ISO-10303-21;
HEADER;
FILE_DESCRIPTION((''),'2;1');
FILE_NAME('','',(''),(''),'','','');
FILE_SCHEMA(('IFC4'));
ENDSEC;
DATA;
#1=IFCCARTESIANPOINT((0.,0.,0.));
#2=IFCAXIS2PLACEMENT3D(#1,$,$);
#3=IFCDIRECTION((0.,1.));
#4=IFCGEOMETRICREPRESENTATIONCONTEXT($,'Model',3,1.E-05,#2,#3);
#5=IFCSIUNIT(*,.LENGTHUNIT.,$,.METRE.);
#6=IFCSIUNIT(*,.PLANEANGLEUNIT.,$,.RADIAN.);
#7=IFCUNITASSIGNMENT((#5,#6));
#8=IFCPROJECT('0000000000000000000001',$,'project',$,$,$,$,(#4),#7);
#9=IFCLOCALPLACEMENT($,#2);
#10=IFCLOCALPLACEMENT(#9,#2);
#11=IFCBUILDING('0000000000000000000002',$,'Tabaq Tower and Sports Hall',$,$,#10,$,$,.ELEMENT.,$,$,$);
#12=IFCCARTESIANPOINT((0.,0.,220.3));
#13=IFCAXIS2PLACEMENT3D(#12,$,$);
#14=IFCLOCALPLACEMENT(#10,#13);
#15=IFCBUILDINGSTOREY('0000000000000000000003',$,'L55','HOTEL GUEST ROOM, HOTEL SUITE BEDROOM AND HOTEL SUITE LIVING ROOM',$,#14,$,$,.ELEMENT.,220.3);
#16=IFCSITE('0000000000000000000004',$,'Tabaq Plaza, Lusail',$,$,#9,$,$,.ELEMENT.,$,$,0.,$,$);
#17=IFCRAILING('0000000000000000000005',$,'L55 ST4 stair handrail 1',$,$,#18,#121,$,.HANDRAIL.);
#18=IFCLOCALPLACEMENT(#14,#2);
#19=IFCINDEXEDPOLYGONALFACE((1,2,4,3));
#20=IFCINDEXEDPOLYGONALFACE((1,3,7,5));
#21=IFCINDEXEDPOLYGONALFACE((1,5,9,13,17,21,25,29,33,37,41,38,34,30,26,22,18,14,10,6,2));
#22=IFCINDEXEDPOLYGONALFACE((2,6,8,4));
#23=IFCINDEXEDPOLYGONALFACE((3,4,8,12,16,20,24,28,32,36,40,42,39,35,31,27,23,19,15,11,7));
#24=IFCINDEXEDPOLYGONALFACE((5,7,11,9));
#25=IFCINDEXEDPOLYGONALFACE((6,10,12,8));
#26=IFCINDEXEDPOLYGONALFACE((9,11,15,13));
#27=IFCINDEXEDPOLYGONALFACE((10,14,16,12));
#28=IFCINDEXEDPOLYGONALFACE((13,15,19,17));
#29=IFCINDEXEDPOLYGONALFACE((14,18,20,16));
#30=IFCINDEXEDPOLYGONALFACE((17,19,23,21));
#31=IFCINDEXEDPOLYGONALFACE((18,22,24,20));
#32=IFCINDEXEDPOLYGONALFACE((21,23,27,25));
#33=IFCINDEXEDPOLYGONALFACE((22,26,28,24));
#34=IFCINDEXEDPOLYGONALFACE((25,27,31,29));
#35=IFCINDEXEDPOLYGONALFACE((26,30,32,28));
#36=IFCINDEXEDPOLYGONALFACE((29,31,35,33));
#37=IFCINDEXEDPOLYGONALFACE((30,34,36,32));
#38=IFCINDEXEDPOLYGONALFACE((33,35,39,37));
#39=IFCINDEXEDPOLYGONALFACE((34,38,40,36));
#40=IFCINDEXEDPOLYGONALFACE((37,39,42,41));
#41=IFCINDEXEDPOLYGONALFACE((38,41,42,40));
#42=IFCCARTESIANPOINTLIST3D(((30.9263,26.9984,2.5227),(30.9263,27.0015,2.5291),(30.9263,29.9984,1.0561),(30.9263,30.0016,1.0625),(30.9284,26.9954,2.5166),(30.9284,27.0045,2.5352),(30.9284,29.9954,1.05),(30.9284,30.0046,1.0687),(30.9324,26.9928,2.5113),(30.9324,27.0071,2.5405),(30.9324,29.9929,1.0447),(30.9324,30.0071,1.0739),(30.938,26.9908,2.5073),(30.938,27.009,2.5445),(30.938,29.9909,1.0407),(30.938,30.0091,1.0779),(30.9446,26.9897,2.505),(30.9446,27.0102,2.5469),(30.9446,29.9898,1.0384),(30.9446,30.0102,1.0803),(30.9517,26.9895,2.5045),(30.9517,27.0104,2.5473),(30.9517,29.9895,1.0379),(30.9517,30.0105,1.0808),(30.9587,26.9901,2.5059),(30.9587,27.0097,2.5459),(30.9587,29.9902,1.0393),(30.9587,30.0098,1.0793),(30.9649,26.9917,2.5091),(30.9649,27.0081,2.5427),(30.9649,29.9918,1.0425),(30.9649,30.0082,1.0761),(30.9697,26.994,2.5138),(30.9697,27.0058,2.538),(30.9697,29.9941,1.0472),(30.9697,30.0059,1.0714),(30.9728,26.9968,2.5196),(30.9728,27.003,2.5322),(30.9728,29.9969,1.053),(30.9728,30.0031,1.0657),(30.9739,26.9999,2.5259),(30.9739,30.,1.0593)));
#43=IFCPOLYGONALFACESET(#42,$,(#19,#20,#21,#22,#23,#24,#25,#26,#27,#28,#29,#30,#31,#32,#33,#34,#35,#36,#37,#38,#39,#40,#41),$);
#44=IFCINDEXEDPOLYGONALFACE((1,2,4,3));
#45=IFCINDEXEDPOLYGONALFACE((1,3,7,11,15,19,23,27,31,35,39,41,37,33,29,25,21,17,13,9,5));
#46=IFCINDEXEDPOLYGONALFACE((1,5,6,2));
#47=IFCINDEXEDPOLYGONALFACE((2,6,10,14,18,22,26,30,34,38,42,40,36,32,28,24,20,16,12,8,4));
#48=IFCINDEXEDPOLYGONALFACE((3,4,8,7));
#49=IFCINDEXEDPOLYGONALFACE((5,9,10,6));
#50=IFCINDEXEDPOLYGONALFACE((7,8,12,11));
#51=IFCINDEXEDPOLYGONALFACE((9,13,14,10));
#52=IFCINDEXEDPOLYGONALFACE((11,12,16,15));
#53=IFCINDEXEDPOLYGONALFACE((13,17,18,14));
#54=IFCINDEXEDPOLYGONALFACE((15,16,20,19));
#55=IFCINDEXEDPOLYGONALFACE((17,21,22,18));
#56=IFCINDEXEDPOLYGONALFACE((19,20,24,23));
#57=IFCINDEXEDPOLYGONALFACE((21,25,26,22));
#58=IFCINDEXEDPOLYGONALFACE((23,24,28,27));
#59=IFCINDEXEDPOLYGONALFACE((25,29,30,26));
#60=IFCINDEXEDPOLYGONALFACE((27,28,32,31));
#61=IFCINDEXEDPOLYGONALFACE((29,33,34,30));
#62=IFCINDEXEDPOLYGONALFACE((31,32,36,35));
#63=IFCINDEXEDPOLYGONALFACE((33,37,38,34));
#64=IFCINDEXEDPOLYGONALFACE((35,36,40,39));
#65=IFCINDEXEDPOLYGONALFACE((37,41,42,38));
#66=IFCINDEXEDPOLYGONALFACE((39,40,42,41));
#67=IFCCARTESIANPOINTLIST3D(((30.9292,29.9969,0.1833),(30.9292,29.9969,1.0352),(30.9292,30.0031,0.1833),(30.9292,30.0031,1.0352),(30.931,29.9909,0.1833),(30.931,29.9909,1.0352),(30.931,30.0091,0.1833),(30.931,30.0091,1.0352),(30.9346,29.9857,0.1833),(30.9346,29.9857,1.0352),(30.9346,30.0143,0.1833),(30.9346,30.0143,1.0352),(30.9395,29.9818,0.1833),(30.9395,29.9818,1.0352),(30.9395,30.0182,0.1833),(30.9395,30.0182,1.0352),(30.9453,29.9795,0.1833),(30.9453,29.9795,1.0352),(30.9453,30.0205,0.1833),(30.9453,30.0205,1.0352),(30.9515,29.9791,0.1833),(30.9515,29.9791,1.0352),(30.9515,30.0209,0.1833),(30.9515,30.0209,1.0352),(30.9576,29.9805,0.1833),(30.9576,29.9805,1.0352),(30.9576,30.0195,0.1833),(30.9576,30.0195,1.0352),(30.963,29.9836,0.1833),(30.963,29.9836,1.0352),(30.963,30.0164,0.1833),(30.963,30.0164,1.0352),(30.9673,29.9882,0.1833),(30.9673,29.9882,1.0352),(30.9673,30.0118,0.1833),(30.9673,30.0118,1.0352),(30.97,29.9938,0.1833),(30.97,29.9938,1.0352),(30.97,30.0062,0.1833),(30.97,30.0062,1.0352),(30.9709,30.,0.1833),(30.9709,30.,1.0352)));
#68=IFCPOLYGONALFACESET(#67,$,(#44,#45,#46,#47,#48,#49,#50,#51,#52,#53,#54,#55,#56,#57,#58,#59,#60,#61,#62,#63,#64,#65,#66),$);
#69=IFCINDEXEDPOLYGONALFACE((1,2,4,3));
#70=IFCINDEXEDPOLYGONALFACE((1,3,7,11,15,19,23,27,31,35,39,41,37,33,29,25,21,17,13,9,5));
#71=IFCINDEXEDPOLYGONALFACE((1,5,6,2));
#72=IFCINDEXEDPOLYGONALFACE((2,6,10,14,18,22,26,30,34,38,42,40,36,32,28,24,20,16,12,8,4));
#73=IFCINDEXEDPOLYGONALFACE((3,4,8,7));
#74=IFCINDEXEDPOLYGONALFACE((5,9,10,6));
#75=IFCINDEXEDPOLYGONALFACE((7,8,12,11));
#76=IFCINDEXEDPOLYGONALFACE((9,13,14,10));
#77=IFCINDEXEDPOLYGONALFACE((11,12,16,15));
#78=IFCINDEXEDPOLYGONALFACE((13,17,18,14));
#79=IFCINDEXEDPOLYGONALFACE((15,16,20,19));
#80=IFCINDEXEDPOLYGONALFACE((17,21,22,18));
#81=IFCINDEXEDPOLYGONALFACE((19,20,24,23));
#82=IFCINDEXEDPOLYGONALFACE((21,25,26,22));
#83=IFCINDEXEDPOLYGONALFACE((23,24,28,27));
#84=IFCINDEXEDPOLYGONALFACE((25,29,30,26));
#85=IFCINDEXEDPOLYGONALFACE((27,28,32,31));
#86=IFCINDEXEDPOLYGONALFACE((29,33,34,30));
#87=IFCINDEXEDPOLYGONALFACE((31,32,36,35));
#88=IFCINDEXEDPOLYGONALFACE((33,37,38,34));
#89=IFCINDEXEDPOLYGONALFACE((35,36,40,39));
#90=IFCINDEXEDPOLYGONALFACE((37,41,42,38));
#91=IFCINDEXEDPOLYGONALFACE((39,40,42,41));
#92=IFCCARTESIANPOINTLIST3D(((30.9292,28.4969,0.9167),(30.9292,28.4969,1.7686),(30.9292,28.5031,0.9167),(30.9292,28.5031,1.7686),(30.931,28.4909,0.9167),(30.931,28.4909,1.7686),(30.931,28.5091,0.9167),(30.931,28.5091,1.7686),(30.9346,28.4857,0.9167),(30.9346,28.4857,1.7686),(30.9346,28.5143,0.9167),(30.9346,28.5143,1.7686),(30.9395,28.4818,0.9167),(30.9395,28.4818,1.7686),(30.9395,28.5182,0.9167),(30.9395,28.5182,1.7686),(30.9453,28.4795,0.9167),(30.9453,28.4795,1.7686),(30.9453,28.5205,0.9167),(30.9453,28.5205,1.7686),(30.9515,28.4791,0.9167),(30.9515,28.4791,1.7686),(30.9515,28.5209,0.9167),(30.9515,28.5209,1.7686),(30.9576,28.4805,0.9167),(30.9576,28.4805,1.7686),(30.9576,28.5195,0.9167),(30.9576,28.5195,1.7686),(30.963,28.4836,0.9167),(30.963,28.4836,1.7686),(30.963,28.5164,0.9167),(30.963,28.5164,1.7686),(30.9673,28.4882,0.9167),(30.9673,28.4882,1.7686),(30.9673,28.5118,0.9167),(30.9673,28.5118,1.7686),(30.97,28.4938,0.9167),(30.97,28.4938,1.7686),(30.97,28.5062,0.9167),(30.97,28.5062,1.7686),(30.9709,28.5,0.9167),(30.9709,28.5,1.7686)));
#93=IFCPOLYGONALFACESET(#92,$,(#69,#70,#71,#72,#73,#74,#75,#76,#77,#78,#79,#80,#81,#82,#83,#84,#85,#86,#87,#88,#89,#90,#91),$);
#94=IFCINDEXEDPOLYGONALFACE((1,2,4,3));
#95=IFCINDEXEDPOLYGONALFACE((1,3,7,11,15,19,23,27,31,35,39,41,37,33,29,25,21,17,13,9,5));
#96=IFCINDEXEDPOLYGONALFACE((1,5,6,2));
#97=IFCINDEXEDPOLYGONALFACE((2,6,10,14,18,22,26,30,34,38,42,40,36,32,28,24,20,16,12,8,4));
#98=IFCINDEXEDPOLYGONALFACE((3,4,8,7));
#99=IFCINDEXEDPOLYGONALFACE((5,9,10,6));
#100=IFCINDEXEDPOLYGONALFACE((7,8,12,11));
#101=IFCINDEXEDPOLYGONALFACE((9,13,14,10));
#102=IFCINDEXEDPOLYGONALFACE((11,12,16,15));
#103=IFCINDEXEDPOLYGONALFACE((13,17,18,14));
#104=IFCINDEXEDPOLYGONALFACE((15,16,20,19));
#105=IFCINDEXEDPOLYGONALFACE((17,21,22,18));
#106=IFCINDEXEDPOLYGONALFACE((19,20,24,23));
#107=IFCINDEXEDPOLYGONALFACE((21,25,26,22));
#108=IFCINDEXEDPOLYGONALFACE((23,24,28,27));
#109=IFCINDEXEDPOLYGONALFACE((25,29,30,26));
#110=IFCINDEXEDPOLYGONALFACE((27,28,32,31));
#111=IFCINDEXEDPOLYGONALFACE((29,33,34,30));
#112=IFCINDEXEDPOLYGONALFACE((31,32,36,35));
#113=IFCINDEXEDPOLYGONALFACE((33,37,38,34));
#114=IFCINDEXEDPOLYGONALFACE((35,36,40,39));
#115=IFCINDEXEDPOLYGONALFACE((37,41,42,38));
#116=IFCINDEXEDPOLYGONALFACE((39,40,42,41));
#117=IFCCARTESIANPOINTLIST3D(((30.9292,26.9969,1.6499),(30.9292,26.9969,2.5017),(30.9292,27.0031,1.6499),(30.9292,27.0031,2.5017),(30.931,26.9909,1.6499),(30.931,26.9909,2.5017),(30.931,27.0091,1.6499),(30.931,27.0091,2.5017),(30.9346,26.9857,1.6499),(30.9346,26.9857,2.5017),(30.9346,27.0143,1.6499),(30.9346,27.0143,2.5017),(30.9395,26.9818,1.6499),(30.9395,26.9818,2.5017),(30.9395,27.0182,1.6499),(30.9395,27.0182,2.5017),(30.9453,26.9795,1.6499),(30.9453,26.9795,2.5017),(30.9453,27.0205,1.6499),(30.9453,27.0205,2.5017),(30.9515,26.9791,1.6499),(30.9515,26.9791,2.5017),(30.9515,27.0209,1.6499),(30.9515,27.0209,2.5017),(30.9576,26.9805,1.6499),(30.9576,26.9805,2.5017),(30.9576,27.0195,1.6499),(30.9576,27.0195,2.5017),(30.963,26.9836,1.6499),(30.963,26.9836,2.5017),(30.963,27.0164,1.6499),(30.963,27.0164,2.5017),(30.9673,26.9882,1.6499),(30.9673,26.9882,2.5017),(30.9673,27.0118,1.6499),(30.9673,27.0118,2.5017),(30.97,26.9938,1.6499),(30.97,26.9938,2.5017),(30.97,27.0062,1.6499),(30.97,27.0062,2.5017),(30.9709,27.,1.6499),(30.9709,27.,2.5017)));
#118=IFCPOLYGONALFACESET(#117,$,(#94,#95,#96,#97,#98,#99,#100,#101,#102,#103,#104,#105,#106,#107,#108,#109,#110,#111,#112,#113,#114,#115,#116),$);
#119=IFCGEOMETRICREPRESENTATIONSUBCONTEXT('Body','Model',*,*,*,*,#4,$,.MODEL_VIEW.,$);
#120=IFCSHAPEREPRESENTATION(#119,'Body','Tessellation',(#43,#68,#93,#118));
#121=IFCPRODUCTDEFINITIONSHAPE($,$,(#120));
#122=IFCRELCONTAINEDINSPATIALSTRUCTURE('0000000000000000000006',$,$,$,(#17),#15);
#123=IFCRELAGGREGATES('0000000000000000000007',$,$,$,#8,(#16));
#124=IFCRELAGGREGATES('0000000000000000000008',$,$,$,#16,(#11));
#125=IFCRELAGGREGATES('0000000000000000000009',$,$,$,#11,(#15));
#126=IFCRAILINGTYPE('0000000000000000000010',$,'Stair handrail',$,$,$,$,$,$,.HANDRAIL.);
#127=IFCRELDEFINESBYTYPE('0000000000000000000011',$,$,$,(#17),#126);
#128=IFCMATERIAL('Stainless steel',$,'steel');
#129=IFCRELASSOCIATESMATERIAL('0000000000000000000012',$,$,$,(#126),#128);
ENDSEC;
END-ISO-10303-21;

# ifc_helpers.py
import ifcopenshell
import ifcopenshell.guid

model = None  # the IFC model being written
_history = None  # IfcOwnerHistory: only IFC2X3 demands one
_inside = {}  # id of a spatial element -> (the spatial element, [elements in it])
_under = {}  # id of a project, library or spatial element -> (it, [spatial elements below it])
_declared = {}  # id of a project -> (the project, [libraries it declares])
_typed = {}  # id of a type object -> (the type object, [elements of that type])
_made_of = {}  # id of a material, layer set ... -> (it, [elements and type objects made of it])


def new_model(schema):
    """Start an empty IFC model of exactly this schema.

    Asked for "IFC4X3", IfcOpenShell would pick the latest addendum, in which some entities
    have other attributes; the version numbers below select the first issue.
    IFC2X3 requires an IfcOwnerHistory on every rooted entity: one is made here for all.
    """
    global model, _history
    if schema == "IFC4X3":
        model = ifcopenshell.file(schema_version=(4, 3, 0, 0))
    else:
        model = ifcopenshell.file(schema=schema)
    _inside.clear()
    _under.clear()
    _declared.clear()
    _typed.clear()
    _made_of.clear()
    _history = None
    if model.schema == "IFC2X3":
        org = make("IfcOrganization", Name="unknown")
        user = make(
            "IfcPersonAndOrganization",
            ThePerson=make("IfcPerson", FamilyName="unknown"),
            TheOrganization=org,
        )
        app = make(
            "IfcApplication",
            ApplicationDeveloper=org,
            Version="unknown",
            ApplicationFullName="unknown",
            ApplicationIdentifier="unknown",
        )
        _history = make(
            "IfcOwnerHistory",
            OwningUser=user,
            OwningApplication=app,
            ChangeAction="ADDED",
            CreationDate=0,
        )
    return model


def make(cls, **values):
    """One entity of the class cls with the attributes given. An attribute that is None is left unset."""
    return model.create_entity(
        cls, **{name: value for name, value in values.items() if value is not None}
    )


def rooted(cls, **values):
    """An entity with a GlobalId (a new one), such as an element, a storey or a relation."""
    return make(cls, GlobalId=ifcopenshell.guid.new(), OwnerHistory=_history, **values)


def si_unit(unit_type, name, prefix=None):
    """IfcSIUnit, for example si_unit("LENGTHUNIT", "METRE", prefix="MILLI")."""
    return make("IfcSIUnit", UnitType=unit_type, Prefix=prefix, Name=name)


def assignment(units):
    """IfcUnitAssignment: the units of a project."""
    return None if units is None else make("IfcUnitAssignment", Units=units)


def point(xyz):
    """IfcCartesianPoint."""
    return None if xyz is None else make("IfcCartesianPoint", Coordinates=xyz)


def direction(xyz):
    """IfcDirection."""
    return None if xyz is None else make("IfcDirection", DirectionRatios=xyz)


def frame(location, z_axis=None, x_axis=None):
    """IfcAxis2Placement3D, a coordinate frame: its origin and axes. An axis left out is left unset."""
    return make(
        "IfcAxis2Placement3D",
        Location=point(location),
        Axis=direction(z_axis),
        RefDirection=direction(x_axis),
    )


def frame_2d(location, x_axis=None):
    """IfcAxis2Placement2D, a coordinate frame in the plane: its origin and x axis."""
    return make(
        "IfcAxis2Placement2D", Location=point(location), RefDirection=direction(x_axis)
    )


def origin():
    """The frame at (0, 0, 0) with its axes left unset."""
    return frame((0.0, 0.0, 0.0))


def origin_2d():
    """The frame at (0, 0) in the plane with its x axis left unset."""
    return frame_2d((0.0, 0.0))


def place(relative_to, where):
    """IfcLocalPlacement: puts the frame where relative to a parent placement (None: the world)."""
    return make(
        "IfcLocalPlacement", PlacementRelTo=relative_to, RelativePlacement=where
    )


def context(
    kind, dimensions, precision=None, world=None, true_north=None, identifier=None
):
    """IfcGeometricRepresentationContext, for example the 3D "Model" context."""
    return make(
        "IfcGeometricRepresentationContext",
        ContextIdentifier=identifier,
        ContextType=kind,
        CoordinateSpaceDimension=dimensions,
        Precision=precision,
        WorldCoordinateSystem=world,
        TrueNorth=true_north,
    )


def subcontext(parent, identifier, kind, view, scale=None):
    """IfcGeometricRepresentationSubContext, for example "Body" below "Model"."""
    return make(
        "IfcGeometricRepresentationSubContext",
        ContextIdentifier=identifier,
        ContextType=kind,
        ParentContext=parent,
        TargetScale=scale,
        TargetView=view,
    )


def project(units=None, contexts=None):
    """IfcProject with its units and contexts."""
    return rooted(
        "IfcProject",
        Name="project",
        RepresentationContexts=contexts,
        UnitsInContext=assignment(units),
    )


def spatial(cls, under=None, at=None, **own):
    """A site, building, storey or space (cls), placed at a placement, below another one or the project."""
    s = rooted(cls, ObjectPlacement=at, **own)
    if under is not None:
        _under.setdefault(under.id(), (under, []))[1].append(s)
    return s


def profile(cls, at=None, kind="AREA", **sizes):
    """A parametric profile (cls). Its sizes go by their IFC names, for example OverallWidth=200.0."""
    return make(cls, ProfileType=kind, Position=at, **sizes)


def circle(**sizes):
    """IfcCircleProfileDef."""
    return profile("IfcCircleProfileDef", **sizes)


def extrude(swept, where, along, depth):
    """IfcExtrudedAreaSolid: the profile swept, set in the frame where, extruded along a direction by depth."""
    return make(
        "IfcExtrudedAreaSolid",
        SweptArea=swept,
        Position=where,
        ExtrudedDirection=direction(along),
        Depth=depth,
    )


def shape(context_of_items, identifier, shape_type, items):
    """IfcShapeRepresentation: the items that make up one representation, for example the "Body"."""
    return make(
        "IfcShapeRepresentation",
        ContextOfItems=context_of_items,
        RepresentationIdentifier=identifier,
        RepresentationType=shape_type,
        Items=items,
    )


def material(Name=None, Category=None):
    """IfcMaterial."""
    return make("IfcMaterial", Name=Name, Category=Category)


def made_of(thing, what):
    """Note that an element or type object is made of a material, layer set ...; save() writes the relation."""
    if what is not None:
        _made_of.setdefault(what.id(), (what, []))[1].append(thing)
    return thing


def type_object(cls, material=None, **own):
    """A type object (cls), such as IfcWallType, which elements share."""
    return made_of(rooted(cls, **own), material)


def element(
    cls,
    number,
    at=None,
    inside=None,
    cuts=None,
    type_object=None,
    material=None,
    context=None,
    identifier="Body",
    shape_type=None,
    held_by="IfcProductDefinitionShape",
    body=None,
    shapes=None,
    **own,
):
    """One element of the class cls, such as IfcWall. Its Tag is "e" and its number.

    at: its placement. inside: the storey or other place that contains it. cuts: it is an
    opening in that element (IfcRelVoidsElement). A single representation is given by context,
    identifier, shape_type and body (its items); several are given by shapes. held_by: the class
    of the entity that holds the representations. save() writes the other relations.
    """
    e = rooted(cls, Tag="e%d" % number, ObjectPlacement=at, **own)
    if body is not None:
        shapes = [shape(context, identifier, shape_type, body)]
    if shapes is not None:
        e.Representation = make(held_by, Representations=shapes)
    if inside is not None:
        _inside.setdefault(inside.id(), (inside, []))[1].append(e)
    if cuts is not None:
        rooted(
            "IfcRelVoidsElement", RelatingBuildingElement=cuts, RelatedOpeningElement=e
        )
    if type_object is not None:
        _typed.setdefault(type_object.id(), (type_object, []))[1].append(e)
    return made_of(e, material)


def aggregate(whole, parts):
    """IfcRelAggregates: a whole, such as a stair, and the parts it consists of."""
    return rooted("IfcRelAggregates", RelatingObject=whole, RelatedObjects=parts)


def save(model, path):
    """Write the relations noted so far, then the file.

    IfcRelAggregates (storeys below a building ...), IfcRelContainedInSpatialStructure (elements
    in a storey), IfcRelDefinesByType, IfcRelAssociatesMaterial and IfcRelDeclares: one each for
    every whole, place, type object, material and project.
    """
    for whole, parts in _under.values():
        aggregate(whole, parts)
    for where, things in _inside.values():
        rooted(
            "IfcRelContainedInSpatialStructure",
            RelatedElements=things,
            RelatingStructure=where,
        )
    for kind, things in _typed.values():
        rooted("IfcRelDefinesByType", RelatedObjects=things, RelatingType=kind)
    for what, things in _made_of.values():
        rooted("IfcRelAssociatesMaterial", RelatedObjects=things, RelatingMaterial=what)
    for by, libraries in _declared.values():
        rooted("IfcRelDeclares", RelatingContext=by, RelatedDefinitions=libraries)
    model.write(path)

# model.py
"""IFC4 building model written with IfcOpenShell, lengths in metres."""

from ifc_helpers import new_model, si_unit, direction, frame, origin, origin_2d, place, context, subcontext, project, spatial, circle, extrude, material, type_object, element, save


model = new_model("IFC4")

# Units and contexts
model_context = context("Model", 3, precision=1e-05, world=origin(), true_north=direction((0.0, 1.0)))
body_context = subcontext(model_context, "Body", "Model", "MODEL_VIEW")
ifc_project = project(units=[si_unit("LENGTHUNIT", "METRE"), si_unit("PLANEANGLEUNIT", "RADIAN")], contexts=[model_context])

# Site, building, storey
site_placement = place(None, origin())
site = spatial("IfcSite", under=ifc_project, at=site_placement, Name="Tabaq Plaza, Lusail", CompositionType="ELEMENT", RefElevation=0.0)
building_placement = place(site_placement, origin())
building = spatial("IfcBuilding", under=site, at=building_placement, Name="Tabaq Tower and Sports Hall", CompositionType="ELEMENT")
storey_placement = place(building_placement, frame((0.0, 0.0, 220.3)))
storey = spatial("IfcBuildingStorey", under=building, at=storey_placement, Name="L55", Description="HOTEL GUEST ROOM, HOTEL SUITE BEDROOM AND HOTEL SUITE LIVING ROOM", CompositionType="ELEMENT", Elevation=220.3)

# Railing
ifc_material_1 = material(Name="Stainless steel", Category="steel")
railing_type = type_object("IfcRailingType", Name="Stair handrail", PredefinedType="HANDRAIL", material=ifc_material_1)
railing_placement = place(storey_placement, frame((30.95, 30.0, 0.1833)))
element("IfcRailing", 1, at=railing_placement, inside=storey, type_object=railing_type, Name="L55 ST4 stair handrail 1", PredefinedType="HANDRAIL", context=body_context, shape_type="SweptSolid", body=[
    extrude(circle(Radius=0.0239, at=origin_2d()), frame((0.0, 0.0, 0.876), z_axis=(0.0, -0.898398, 0.439183), x_axis=(1.0, 0.0, 0.0)), (0.0, 0.0, 1.0), 3.3394),
    extrude(circle(Radius=0.021, at=origin_2d()), origin(), (0.0, 0.0, 1.0), 0.8518),
    extrude(circle(Radius=0.021, at=origin_2d()), frame((0.0, -1.5, 0.7334)), (0.0, 0.0, 1.0), 0.8518),
    extrude(circle(Radius=0.021, at=origin_2d()), frame((0.0, -3.0, 1.4666)), (0.0, 0.0, 1.0), 0.8518),
])

save(model, "model.ifc")
